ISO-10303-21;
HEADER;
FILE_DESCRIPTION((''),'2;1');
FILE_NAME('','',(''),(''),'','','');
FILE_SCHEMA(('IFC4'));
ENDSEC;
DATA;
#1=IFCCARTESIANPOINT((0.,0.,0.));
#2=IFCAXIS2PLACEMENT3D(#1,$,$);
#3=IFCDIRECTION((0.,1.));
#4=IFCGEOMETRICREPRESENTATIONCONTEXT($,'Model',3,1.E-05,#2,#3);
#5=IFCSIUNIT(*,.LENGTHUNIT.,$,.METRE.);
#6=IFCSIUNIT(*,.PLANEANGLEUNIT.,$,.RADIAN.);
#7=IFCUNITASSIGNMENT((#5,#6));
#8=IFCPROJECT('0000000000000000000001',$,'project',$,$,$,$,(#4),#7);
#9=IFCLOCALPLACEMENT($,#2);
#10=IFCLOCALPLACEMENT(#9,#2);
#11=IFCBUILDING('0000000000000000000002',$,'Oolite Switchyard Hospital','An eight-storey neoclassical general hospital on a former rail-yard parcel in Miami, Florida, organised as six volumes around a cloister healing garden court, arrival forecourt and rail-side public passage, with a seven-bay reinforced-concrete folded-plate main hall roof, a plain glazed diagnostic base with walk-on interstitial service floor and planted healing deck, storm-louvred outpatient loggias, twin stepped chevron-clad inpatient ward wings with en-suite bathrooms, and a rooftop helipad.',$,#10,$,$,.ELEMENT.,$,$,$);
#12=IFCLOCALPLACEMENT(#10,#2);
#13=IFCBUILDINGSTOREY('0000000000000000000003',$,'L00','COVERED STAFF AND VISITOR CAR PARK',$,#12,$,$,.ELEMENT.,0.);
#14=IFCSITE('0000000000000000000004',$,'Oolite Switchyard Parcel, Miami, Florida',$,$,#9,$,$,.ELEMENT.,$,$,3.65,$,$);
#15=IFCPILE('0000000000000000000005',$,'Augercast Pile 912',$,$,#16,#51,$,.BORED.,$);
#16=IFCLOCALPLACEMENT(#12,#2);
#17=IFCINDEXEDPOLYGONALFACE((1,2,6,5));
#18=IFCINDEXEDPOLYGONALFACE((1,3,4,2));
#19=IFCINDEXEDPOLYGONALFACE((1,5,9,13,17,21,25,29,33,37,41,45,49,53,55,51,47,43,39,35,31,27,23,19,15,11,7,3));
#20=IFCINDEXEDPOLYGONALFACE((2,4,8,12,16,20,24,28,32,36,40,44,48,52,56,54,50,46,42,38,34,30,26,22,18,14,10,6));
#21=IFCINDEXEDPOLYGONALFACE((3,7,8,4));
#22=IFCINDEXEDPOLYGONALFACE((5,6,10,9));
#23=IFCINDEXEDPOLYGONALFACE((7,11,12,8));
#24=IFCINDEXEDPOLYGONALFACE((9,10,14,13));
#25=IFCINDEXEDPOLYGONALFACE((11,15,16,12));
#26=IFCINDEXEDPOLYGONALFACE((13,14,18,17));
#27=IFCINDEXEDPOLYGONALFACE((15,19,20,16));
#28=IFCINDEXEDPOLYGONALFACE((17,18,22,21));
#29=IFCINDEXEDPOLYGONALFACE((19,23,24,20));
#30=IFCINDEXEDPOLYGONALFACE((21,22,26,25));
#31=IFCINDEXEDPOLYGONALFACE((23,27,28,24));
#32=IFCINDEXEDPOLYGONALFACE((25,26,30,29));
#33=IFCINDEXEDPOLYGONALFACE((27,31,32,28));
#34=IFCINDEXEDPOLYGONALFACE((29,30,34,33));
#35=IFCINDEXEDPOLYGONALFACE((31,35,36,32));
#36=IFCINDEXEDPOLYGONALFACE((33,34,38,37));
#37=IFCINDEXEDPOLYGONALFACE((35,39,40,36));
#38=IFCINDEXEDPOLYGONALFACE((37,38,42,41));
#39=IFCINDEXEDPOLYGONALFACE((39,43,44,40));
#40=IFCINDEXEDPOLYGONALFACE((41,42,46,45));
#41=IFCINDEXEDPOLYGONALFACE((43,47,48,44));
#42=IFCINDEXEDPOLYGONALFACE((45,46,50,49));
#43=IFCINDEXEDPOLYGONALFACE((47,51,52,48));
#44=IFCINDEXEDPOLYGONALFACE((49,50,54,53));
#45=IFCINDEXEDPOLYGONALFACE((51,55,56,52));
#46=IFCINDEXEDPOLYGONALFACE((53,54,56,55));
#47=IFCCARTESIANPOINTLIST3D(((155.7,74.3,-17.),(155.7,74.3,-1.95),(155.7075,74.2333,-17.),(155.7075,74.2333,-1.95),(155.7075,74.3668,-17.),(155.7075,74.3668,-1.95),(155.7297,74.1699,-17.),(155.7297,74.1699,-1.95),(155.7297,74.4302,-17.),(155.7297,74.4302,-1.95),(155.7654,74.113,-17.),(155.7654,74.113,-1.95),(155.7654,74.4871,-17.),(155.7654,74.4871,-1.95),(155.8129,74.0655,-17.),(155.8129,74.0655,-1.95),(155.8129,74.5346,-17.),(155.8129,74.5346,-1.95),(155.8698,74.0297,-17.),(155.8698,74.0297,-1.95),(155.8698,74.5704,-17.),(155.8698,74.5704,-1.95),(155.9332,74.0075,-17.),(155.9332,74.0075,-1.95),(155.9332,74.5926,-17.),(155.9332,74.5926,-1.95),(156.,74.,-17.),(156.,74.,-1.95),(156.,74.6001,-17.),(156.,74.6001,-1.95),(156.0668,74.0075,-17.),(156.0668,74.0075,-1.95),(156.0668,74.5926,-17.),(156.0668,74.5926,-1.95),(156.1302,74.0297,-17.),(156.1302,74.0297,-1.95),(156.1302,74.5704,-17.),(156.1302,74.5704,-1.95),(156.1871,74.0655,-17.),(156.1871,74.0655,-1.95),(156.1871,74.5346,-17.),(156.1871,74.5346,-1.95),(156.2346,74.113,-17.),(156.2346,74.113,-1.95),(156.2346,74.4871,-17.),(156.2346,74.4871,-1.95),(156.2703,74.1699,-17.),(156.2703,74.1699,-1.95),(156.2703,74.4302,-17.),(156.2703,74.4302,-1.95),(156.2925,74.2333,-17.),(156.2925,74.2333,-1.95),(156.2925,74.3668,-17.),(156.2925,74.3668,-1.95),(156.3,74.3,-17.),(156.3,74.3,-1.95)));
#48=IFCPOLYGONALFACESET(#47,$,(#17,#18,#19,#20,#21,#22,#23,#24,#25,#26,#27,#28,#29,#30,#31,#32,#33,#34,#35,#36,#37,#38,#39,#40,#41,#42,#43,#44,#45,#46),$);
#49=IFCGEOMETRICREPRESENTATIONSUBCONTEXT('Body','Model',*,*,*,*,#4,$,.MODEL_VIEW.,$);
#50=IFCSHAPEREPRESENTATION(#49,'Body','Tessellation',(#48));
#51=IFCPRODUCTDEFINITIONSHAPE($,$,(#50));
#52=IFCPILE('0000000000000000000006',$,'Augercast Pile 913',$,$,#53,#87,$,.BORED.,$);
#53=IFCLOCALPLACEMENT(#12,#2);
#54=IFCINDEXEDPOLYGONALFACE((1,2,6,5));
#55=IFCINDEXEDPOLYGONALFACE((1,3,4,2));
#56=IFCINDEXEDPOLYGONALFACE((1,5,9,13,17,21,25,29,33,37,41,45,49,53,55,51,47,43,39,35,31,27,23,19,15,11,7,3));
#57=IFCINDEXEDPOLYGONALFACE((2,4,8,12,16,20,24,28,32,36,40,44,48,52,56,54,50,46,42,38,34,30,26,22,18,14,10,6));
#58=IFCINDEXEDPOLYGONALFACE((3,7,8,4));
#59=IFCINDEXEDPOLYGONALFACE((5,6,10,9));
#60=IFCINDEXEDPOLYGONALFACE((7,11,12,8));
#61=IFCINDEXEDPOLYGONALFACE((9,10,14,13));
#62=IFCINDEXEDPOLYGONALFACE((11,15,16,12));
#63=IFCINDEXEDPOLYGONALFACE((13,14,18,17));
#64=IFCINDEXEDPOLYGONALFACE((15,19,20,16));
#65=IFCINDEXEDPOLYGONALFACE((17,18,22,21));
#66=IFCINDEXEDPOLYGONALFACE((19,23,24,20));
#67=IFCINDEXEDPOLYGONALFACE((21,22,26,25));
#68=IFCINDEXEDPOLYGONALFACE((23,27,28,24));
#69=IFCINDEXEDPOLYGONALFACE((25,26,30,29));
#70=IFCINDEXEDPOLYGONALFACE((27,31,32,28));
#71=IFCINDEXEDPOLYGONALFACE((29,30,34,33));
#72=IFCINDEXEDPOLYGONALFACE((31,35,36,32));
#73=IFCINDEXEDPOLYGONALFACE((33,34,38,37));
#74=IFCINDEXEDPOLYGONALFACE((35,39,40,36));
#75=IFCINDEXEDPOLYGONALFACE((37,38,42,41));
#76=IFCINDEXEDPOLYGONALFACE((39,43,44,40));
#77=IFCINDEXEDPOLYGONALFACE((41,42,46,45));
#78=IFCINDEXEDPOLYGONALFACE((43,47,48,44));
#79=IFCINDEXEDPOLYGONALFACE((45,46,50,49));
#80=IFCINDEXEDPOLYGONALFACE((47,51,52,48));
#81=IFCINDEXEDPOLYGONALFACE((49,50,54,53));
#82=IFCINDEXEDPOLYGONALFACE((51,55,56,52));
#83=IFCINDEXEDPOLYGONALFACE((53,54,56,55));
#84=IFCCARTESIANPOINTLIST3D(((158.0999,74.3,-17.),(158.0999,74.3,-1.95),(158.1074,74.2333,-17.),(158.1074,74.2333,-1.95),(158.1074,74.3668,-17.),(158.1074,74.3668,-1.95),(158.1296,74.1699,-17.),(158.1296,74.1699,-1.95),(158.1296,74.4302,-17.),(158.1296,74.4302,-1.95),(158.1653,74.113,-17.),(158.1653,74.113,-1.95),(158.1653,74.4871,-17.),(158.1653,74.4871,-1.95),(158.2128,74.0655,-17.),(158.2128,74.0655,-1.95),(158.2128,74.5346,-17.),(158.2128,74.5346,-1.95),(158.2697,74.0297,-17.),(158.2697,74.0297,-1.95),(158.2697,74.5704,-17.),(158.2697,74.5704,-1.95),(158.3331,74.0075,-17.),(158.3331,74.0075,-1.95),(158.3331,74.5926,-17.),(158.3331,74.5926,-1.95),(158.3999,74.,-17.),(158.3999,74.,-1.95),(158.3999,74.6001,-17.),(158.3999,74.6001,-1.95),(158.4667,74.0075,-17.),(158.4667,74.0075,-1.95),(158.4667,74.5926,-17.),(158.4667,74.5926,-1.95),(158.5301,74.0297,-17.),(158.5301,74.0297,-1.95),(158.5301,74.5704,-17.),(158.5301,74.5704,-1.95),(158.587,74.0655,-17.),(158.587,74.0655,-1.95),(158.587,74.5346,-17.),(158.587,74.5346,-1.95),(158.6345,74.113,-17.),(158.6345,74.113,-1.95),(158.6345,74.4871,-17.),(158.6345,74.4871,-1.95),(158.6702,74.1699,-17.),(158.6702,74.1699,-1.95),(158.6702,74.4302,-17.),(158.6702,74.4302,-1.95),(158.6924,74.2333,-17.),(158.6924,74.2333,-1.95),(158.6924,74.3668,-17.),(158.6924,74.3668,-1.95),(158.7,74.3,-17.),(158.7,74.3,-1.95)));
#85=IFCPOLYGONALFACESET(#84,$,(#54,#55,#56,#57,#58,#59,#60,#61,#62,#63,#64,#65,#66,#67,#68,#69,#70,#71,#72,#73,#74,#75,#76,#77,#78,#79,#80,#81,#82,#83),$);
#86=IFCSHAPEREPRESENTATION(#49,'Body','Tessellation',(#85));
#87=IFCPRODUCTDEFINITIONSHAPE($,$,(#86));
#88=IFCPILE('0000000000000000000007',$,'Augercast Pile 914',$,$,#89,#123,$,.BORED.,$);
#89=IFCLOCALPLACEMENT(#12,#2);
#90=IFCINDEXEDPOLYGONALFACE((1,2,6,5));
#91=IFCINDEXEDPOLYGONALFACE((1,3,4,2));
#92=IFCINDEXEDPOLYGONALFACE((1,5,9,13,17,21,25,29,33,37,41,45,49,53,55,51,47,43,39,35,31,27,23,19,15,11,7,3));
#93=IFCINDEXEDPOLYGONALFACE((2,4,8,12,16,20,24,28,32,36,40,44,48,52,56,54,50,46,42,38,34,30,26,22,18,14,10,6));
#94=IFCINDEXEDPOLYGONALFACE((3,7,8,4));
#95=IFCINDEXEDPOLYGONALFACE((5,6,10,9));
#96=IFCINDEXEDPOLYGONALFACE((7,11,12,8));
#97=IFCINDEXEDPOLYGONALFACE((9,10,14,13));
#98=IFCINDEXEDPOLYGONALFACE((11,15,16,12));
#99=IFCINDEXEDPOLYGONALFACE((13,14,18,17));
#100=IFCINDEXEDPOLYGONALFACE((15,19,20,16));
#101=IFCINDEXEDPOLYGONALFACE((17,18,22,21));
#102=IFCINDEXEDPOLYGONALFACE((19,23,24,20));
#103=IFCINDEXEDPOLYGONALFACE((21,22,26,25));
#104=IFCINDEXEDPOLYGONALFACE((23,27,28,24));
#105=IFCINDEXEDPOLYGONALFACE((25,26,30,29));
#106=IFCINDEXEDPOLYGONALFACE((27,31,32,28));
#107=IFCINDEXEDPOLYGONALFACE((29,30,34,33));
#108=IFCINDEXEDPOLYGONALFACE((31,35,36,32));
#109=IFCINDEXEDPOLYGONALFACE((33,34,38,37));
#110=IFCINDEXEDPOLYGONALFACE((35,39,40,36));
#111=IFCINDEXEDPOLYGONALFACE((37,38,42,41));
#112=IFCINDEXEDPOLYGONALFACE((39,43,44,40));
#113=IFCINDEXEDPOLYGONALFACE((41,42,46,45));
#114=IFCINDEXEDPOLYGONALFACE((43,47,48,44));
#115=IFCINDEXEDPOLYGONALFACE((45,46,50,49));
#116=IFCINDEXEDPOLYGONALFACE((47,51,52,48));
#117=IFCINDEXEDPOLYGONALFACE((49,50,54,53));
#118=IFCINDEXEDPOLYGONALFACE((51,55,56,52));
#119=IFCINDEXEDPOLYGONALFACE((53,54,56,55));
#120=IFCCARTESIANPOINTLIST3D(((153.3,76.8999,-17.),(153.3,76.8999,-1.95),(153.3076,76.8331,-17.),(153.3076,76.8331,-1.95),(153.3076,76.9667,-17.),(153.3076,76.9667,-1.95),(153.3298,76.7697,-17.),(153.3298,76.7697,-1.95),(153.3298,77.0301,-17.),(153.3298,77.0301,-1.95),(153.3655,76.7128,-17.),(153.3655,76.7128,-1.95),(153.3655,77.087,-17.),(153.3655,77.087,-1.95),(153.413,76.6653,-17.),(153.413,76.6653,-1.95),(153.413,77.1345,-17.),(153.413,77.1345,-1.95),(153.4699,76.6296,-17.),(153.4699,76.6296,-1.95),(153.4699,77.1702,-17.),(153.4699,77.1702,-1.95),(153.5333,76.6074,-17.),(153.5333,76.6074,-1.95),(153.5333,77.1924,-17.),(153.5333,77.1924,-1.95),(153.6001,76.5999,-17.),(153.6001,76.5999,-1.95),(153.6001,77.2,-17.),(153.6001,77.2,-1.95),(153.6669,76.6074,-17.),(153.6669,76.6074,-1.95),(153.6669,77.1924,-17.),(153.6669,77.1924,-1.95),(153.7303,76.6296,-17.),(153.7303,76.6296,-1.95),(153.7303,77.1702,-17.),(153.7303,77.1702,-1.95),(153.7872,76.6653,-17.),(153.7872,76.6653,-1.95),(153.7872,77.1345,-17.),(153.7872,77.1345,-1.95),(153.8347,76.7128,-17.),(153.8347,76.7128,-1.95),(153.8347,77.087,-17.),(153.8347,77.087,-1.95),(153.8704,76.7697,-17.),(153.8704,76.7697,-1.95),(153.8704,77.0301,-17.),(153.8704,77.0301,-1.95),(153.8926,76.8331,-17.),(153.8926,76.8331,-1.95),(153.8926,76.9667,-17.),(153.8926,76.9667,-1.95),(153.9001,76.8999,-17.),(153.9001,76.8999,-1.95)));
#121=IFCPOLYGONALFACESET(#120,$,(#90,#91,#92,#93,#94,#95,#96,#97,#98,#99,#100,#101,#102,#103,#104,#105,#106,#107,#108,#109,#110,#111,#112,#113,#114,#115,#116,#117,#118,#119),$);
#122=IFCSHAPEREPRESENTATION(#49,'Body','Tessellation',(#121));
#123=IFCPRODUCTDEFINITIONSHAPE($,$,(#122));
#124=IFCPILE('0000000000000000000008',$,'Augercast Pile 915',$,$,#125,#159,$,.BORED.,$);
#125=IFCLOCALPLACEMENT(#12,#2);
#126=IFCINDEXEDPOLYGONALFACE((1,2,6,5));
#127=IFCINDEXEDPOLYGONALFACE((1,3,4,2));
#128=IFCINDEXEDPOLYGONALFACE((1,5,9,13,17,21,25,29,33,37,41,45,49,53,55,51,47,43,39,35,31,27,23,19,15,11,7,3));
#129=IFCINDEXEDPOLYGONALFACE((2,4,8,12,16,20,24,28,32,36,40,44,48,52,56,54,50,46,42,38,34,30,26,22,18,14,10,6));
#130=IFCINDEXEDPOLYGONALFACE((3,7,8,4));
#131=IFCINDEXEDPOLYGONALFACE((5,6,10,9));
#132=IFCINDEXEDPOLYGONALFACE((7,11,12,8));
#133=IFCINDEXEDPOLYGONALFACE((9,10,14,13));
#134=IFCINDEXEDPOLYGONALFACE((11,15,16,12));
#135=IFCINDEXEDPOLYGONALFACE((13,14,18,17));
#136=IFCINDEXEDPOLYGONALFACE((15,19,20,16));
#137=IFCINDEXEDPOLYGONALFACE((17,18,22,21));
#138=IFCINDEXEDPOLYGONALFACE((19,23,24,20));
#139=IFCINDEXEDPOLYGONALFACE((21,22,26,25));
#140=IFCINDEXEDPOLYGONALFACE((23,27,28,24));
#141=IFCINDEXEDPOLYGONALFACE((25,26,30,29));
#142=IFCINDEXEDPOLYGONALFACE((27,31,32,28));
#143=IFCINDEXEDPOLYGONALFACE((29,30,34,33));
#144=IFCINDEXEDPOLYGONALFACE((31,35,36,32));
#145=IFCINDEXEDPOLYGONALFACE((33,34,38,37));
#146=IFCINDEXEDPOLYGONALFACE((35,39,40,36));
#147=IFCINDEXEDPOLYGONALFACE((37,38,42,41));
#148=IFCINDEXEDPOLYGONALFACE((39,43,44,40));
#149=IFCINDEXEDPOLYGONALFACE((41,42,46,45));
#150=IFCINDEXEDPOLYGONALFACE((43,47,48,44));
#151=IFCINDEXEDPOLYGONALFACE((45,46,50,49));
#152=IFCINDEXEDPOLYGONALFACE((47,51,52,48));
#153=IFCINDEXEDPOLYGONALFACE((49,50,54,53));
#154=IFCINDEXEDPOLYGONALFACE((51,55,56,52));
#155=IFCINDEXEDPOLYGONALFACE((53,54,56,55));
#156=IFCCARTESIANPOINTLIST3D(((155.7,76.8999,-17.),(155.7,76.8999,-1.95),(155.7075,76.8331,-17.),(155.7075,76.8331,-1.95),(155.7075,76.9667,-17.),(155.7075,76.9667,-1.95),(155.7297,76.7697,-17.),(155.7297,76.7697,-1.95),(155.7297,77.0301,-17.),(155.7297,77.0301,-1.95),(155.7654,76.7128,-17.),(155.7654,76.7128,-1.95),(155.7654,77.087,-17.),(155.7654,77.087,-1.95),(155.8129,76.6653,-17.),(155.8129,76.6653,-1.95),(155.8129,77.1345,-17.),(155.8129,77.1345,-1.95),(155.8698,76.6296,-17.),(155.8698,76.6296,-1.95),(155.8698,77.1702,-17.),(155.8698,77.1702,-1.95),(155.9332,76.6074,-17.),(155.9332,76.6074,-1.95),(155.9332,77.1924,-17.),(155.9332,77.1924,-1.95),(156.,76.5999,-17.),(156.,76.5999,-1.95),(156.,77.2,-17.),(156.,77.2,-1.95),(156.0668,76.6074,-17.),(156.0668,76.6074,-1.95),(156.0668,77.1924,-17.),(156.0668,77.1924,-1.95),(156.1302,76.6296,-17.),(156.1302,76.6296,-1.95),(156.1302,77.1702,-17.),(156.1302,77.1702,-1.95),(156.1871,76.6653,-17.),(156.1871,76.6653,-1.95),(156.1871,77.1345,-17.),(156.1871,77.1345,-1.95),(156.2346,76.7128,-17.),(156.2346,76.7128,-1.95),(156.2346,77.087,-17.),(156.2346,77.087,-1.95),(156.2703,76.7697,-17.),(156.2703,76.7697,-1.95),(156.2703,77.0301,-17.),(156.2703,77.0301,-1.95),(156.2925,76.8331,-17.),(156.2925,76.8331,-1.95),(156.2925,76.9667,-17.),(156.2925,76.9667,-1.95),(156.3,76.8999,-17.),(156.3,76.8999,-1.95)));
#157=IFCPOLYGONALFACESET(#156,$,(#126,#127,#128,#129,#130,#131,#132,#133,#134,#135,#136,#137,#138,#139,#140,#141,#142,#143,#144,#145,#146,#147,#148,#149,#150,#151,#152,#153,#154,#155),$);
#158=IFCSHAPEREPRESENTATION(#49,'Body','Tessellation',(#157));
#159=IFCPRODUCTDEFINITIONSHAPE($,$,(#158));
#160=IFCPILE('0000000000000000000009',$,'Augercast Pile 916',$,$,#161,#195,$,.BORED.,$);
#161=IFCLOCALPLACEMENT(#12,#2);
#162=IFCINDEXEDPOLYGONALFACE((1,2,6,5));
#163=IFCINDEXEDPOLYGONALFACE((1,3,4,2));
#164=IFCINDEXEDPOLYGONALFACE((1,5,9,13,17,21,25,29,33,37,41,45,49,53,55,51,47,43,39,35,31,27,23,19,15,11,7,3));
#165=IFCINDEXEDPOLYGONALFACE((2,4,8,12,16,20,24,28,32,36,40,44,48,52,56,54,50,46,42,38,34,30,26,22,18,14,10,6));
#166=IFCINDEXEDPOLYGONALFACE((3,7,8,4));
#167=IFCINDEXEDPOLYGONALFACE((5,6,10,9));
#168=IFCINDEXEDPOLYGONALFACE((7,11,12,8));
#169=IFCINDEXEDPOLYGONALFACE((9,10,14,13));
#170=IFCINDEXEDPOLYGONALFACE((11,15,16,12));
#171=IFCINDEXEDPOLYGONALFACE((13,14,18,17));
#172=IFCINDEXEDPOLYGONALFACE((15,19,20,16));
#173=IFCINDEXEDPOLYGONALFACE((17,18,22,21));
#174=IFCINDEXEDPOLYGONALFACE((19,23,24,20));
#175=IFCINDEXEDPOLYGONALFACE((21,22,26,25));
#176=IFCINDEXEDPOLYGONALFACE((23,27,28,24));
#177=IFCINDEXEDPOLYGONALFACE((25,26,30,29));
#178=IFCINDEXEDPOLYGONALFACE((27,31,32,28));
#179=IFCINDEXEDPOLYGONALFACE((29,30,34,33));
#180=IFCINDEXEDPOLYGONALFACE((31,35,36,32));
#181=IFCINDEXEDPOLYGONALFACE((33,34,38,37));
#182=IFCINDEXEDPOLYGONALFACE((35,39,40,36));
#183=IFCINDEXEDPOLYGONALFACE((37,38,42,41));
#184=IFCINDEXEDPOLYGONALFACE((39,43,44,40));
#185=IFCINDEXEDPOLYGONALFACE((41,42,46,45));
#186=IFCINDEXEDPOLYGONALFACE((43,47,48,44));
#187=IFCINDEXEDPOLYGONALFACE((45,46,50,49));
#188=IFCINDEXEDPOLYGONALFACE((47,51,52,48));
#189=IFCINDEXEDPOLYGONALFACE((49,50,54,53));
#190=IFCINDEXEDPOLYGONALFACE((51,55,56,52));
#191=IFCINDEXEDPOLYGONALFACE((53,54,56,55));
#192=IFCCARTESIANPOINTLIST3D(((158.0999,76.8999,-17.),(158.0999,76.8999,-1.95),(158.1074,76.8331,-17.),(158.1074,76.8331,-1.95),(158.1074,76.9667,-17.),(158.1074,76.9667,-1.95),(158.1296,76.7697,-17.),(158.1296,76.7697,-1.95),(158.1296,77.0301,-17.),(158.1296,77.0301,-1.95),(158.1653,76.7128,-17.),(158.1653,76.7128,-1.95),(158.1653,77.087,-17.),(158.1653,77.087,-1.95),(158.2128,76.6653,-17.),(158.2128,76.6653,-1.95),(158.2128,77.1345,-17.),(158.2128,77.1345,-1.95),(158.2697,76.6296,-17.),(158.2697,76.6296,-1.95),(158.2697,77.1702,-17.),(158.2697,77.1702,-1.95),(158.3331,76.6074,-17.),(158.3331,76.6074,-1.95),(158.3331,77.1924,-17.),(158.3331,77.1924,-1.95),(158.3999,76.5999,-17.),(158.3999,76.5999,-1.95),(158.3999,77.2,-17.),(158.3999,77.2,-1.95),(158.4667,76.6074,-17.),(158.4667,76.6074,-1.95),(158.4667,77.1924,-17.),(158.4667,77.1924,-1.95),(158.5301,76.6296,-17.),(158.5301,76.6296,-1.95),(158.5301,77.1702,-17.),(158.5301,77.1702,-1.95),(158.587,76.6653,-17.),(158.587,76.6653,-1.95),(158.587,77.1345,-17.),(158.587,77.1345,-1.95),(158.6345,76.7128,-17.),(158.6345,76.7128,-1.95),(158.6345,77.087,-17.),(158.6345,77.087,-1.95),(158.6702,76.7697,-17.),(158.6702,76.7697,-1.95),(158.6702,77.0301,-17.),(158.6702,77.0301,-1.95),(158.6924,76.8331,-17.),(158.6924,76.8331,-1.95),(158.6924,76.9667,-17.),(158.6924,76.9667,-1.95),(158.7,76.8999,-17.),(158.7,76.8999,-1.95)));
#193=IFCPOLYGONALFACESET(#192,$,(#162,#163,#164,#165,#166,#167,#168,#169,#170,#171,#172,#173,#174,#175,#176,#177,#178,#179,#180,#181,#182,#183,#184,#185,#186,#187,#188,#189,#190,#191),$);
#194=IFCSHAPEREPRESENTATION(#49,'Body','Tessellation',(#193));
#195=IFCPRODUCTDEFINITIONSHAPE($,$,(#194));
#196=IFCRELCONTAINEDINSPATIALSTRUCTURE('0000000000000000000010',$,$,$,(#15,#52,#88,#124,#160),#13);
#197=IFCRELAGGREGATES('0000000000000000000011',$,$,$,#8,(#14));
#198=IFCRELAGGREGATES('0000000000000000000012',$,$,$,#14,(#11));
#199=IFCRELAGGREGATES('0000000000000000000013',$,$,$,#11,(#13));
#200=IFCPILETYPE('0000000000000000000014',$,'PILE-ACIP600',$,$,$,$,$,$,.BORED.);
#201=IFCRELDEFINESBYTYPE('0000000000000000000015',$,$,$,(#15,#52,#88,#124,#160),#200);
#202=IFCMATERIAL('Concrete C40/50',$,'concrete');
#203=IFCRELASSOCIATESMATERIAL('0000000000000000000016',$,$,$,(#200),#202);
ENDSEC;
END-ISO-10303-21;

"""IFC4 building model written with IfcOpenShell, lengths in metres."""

from ifc_helpers import new_model, si_unit, direction, frame, origin, origin_2d, place, context, subcontext, project, spatial, circle, extrude, material, material_profile, profile_set, type_object, element, save


model = new_model("IFC4")

# Units and contexts
model_context = context("Model", 3, precision=1e-05, world=origin(), true_north=direction((0.0, 1.0)))
body_context = subcontext(model_context, "Body", "Model", "MODEL_VIEW")
ifc_project = project(units=[si_unit("LENGTHUNIT", "METRE"), si_unit("PLANEANGLEUNIT", "RADIAN")], contexts=[model_context])

# Site, building, storey
site_placement = place(None, origin())
site = spatial("IfcSite", under=ifc_project, at=site_placement, Name="Oolite Switchyard Parcel, Miami, Florida", CompositionType="ELEMENT", RefElevation=3.65)
building_placement = place(site_placement, origin())
building = spatial("IfcBuilding", under=site, at=building_placement, Name="Oolite Switchyard Hospital", Description="An eight-storey neoclassical general hospital on a former rail-yard parcel in Miami, Florida, organised as six volumes around a cloister healing garden court, arrival forecourt and rail-side public passage, with a seven-bay reinforced-concrete folded-plate main hall roof, a plain glazed diagnostic base with walk-on interstitial service floor and planted healing deck, storm-louvred outpatient loggias, twin stepped chevron-clad inpatient ward wings with en-suite bathrooms, and a rooftop helipad.", CompositionType="ELEMENT")
storey_placement = place(building_placement, origin())
storey = spatial("IfcBuildingStorey", under=building, at=storey_placement, Name="L00", Description="COVERED STAFF AND VISITOR CAR PARK", CompositionType="ELEMENT", Elevation=0.0)

# Shared definitions
ifc_material_1 = material(Name="Concrete C40/50", Category="concrete")

# Piles
ifc_material_profile_1 = material_profile(ifc_material_1, circle(Radius=0.3, at=origin_2d()), Name="PILE600")
ifc_profile_set_1 = profile_set([ifc_material_profile_1], Name="Concrete C40/50")
pile_type = type_object("IfcPileType", Name="PILE-ACIP600", PredefinedType="BORED", material=ifc_profile_set_1)
for number, where, z_axis, x_axis, name in (
    (1, (156.0, 74.3, -1.95), (0.0, 0.0, -1.0), (1.0, 0.0, 0.0), "Augercast Pile 912"),
    (2, (158.3999, 74.3, -1.95), (0.0, 0.0, -1.0), (1.0, 0.0, 0.0), "Augercast Pile 913"),
    (3, (153.6001, 76.8999, -1.95), (0.0, 0.0, -1.0), (1.0, 0.0, 0.0), "Augercast Pile 914"),
    (4, (156.0, 76.8999, -1.95), (0.0, 0.0, -1.0), (1.0, 0.0, 0.0), "Augercast Pile 915"),
    (5, (158.3999, 76.8999, -1.95), (0.0, 0.0, -1.0), (1.0, 0.0, 0.0), "Augercast Pile 916"),
):
    element("IfcPile", number, at=place(storey_placement, frame(where, z_axis=z_axis, x_axis=x_axis)), inside=storey, type_object=pile_type, Name=name, PredefinedType="BORED", context=body_context, shape_type="SweptSolid", body=[
        extrude(circle(Radius=0.3, at=origin_2d()), origin(), (0.0, 0.0, 1.0), 15.05),
    ])

save(model, "model.ifc")
